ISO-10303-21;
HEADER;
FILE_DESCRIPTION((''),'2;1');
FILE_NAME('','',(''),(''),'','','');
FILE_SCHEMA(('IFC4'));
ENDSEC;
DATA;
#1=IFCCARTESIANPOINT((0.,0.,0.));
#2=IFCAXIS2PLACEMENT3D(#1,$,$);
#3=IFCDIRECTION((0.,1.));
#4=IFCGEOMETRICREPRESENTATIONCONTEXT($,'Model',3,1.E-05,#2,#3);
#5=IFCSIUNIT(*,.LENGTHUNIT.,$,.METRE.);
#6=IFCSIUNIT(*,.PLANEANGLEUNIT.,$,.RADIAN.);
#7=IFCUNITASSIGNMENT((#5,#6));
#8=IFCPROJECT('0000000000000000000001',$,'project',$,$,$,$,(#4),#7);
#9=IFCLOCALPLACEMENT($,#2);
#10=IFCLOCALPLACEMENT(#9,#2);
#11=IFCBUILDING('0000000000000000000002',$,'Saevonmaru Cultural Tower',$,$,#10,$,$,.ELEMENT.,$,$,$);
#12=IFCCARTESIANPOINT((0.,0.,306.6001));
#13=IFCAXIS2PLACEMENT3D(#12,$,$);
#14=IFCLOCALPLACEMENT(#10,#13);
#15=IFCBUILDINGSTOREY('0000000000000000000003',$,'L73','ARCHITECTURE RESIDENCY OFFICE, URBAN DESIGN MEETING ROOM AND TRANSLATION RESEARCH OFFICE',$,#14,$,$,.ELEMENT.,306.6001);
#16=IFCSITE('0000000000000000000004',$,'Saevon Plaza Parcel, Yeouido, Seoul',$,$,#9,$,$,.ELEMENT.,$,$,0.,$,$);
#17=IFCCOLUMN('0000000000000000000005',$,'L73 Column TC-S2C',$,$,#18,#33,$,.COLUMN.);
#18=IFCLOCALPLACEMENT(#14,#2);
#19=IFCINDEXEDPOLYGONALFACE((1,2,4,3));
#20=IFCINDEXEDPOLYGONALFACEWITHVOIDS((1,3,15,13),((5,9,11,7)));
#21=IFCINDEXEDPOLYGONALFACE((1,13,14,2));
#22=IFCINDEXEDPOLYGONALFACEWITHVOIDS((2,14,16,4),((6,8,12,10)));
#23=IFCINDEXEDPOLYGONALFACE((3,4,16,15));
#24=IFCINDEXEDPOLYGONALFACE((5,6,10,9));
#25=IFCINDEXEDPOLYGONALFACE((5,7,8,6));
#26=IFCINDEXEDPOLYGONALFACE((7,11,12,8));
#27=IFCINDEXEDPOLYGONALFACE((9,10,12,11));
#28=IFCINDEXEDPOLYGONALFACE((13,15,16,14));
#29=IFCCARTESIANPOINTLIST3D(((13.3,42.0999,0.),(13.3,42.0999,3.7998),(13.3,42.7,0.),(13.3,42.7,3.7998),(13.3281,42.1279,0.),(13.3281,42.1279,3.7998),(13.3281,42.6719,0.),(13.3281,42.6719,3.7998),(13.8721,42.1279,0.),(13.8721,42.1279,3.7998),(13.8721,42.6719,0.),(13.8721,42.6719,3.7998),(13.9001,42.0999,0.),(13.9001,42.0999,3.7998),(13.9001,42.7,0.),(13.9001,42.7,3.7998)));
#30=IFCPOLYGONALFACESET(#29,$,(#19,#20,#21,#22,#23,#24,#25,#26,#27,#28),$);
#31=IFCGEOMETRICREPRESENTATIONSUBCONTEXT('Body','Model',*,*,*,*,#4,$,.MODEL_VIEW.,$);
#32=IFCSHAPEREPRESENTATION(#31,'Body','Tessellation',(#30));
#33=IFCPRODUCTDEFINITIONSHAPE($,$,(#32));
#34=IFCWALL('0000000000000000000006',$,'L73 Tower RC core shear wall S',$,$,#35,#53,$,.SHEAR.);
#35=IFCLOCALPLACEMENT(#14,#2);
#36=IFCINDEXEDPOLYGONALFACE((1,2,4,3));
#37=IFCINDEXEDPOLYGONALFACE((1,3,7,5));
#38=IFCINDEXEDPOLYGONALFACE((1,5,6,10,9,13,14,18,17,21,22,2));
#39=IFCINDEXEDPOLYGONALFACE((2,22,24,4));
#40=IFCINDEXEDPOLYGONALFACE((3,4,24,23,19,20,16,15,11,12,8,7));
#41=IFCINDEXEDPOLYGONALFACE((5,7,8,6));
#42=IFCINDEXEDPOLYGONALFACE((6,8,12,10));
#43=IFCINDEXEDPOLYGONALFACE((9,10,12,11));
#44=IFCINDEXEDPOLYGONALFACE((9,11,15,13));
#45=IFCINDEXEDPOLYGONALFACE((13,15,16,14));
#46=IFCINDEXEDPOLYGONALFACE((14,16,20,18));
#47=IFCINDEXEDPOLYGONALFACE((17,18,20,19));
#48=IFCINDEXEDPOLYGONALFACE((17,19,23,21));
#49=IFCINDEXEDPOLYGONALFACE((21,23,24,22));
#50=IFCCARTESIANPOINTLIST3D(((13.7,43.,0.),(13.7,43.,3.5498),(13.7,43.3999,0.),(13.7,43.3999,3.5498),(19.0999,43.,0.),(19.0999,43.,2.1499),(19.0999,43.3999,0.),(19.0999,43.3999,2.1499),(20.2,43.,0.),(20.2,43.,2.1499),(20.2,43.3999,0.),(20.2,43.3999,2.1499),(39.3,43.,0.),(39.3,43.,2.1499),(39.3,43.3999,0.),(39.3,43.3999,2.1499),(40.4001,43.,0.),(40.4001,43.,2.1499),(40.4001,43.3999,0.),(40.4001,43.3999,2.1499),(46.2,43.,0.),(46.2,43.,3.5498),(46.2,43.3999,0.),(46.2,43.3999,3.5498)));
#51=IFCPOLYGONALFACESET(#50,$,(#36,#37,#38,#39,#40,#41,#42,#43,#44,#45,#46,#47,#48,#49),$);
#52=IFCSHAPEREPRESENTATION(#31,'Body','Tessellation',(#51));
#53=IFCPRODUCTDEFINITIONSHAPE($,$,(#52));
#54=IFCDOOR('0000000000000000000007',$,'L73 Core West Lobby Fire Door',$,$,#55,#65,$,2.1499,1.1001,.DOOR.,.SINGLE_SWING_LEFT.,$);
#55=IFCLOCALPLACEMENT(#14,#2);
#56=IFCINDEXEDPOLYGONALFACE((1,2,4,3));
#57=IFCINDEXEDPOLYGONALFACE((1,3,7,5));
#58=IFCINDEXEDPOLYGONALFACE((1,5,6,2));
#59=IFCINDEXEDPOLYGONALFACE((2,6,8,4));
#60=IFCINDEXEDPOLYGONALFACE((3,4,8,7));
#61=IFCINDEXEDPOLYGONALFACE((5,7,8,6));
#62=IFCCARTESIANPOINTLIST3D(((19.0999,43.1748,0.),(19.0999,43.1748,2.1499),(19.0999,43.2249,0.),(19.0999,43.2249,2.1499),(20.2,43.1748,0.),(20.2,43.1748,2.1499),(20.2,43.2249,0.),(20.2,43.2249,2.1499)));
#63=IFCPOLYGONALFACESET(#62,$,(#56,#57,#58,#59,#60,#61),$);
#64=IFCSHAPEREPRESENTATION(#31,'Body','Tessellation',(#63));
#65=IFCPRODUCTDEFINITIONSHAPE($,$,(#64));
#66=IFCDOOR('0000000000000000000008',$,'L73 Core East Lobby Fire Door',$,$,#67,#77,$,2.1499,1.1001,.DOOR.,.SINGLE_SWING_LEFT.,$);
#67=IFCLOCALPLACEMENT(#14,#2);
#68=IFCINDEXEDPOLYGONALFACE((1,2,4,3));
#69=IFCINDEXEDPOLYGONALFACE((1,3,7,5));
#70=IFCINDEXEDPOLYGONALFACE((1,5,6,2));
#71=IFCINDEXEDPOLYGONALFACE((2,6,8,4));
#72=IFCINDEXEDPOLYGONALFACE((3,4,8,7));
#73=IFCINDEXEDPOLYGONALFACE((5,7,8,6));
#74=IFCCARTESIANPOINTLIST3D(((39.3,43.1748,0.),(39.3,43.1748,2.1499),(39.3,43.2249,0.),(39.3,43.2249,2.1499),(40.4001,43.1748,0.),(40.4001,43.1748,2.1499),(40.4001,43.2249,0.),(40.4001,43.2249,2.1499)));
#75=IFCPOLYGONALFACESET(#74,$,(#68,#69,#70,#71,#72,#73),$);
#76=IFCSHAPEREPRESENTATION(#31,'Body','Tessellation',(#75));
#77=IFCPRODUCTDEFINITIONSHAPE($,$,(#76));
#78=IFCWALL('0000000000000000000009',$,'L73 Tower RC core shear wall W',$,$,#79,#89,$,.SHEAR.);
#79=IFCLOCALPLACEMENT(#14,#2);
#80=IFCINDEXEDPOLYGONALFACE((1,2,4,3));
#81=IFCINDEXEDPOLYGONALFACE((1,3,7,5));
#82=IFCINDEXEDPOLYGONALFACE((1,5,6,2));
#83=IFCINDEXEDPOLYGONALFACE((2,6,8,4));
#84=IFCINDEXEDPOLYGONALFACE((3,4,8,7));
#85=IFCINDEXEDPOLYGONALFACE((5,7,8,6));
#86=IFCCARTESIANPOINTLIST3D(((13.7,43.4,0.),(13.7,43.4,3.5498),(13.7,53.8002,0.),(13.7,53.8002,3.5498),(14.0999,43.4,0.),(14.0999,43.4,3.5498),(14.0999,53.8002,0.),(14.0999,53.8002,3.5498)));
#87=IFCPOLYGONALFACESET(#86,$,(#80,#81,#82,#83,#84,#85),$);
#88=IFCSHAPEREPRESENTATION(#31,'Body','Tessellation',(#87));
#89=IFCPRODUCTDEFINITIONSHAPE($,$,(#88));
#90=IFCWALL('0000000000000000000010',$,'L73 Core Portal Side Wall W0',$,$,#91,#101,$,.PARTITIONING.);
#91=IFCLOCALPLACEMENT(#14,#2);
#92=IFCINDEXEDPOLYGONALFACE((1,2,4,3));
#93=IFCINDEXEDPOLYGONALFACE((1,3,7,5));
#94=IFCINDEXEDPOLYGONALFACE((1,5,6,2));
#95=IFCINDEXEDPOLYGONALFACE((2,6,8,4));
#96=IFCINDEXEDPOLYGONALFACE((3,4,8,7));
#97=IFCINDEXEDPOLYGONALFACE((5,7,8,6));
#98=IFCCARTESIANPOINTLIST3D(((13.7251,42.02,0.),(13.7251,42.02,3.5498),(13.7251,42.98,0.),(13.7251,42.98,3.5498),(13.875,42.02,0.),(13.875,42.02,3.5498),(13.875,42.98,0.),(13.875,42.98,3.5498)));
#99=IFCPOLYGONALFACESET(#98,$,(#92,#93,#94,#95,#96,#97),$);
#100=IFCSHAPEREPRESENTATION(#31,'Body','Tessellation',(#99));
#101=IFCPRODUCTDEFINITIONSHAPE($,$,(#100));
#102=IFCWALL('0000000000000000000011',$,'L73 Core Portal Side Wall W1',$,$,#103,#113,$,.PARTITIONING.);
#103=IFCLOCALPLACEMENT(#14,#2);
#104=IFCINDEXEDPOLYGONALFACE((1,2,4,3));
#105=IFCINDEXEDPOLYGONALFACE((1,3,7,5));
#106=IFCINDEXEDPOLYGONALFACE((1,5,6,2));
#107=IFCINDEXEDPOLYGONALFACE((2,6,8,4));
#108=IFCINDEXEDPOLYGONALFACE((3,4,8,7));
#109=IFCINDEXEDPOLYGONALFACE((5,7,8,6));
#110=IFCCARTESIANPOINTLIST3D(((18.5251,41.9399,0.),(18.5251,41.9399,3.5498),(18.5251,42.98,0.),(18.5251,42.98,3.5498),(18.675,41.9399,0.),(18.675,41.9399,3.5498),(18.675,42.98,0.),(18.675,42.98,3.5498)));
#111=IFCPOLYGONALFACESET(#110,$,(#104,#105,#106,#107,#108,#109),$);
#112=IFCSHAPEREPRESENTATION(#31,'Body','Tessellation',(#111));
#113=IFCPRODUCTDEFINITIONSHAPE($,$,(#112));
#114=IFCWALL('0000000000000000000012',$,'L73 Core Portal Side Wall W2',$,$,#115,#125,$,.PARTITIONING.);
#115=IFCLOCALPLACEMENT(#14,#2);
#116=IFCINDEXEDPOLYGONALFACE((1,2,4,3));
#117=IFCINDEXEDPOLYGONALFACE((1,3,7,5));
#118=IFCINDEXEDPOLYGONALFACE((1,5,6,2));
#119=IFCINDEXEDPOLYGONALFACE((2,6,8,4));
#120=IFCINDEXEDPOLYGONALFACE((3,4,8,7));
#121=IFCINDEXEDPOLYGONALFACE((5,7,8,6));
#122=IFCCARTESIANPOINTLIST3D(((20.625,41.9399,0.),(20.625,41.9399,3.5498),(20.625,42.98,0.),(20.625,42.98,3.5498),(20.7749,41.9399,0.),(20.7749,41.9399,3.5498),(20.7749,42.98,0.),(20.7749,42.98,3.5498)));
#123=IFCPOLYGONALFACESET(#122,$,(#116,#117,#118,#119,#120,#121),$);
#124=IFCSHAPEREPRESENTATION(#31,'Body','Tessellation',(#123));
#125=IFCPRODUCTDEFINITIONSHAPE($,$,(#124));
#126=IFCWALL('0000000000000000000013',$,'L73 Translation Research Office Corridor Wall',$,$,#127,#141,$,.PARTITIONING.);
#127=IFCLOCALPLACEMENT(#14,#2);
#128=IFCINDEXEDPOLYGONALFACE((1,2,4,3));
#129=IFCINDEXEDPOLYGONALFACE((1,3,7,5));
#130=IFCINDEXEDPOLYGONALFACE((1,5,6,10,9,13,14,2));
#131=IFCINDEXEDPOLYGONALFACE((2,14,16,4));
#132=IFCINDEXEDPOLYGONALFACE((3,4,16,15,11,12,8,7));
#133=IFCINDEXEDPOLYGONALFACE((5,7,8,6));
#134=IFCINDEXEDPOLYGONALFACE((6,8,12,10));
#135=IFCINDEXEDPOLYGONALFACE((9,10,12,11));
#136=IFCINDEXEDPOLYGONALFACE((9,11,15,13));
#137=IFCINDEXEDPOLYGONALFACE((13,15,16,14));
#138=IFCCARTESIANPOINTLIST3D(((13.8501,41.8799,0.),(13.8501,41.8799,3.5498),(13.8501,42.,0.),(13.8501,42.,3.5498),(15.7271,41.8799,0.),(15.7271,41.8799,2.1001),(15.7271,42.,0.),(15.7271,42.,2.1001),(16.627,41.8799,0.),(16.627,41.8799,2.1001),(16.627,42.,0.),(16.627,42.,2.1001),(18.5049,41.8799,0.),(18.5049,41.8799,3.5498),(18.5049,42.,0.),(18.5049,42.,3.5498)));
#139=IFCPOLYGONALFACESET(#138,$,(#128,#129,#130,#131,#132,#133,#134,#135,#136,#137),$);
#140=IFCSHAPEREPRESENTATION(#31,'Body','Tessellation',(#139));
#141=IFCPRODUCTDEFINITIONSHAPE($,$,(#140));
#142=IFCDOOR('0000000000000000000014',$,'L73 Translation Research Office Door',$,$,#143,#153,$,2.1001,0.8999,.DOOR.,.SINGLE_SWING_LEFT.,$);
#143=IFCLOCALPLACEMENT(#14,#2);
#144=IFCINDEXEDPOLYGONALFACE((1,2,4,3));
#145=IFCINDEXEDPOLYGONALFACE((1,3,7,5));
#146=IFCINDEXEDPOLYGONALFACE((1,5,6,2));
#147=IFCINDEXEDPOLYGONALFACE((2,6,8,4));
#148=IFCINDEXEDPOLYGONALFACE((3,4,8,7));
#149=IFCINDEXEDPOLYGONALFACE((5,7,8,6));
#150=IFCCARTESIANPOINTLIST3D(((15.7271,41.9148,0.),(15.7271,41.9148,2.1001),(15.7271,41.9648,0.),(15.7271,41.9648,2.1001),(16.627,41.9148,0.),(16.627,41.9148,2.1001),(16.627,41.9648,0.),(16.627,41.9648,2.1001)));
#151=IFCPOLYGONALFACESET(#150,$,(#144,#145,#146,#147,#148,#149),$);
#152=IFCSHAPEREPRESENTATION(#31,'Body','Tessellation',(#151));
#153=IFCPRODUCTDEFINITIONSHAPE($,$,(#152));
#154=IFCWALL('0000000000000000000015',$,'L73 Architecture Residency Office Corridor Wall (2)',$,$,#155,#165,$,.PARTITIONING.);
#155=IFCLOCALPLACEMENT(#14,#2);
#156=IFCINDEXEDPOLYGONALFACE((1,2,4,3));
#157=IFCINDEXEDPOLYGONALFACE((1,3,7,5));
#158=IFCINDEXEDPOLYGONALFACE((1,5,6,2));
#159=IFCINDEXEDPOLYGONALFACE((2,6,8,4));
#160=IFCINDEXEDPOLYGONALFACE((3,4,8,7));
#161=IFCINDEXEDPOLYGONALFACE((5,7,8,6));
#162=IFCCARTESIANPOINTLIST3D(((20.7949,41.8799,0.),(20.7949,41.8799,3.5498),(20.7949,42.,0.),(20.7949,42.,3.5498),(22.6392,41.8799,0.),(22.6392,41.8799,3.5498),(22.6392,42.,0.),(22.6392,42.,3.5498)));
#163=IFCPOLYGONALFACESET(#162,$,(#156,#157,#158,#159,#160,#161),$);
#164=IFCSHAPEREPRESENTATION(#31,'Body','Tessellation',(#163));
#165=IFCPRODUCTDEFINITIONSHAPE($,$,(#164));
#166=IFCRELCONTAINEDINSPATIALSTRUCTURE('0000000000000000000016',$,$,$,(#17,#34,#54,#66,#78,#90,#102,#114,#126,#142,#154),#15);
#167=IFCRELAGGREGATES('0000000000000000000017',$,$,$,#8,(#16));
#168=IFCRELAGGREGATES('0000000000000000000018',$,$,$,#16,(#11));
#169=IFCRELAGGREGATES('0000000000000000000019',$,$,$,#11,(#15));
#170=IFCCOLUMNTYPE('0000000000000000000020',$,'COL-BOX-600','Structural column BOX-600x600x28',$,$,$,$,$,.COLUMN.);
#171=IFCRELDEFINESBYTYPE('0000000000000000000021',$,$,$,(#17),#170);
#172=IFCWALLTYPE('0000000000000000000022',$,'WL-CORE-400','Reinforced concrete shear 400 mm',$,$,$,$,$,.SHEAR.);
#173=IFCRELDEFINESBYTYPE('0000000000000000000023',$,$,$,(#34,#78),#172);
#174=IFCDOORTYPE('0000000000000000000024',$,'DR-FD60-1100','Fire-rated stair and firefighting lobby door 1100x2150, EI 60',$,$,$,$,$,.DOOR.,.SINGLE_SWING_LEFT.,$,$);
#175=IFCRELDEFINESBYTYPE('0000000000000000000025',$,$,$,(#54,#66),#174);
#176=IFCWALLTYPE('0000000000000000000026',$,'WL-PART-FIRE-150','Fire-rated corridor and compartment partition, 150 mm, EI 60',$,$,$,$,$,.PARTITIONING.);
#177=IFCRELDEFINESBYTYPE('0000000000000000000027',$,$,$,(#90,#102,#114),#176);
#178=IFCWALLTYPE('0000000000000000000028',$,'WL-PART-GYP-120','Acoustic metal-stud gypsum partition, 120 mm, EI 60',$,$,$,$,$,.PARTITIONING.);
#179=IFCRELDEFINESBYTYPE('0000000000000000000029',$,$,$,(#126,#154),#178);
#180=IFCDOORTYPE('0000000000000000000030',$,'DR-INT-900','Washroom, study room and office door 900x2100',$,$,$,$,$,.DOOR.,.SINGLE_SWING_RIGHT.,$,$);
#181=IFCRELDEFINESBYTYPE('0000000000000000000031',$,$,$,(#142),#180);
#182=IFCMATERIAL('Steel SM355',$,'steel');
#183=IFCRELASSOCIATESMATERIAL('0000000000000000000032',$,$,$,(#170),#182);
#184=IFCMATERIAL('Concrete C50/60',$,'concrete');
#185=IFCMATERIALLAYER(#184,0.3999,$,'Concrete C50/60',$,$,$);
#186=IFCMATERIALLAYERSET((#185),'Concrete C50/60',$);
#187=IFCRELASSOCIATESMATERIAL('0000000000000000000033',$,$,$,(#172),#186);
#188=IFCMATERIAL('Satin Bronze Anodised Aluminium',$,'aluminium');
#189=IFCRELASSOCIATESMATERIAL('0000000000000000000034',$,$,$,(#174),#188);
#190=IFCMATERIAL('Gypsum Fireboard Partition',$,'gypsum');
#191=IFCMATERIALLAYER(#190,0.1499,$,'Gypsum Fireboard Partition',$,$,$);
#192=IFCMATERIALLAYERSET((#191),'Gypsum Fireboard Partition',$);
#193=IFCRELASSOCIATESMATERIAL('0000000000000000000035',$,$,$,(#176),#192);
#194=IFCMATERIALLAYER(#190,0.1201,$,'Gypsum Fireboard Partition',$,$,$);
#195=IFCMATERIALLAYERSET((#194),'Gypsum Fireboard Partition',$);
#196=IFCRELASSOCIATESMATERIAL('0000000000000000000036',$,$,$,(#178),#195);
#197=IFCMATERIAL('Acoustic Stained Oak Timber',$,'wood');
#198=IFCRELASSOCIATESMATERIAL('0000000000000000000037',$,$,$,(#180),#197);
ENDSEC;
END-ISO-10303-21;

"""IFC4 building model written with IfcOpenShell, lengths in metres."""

from ifc_helpers import new_model, si_unit, direction, frame, frame_2d, origin, origin_2d, place, context, subcontext, project, spatial, rectangle, hollow_rectangle, extrude, material, layer, layer_set, material_profile, profile_set, type_object, element, fill, save


model = new_model("IFC4")

# Units and contexts
model_context = context("Model", 3, precision=1e-05, world=origin(), true_north=direction((0.0, 1.0)))
body_context = subcontext(model_context, "Body", "Model", "MODEL_VIEW")
ifc_project = project(units=[si_unit("LENGTHUNIT", "METRE"), si_unit("PLANEANGLEUNIT", "RADIAN")], contexts=[model_context])

# Site, building, storey
site_placement = place(None, origin())
site = spatial("IfcSite", under=ifc_project, at=site_placement, Name="Saevon Plaza Parcel, Yeouido, Seoul", CompositionType="ELEMENT", RefElevation=0.0)
building_placement = place(site_placement, origin())
building = spatial("IfcBuilding", under=site, at=building_placement, Name="Saevonmaru Cultural Tower", CompositionType="ELEMENT")
storey_placement = place(building_placement, frame((0.0, 0.0, 306.6001)))
storey = spatial("IfcBuildingStorey", under=building, at=storey_placement, Name="L73", Description="ARCHITECTURE RESIDENCY OFFICE, URBAN DESIGN MEETING ROOM AND TRANSLATION RESEARCH OFFICE", CompositionType="ELEMENT", Elevation=306.6001)

# Column
ifc_material_1 = material(Name="Steel SM355", Category="steel")
ifc_material_profile = material_profile(ifc_material_1, hollow_rectangle(XDim=0.6001, YDim=0.6001, WallThickness=0.0281, at=origin_2d()), Name="BOX-600x600x28")
ifc_profile_set = profile_set([ifc_material_profile], Name="Steel SM355")
column_type = type_object("IfcColumnType", Name="COL-BOX-600", Description="Structural column BOX-600x600x28", PredefinedType="COLUMN", material=ifc_profile_set)
column_placement = place(storey_placement, frame((13.6001, 42.3999, 0.0), z_axis=(0.0, 0.0, 1.0), x_axis=(1.0, 0.0, 0.0)))
element("IfcColumn", 1, at=column_placement, inside=storey, type_object=column_type, Name="L73 Column TC-S2C", PredefinedType="COLUMN", context=body_context, shape_type="SweptSolid", body=[
    extrude(hollow_rectangle(XDim=0.6001, YDim=0.6001, WallThickness=0.0281, at=origin_2d()), origin(), (0.0, 0.0, 1.0), 3.7998),
])

# Wall, openings, doors
ifc_material_2 = material(Name="Concrete C50/60", Category="concrete")
ifc_layer_1 = layer(ifc_material_2, 0.3999, Name="Concrete C50/60")
ifc_layer_set_1 = layer_set([ifc_layer_1], Name="Concrete C50/60")
wall_type_1 = type_object("IfcWallType", Name="WL-CORE-400", Description="Reinforced concrete shear 400 mm", PredefinedType="SHEAR", material=ifc_layer_set_1)
wall_1_placement = place(storey_placement, frame((13.7, 43.2, 0.0), z_axis=(0.0, 0.0, 1.0), x_axis=(1.0, 0.0, 0.0)))
wall_1 = element("IfcWall", 2, at=wall_1_placement, inside=storey, type_object=wall_type_1, Name="L73 Tower RC core shear wall S", PredefinedType="SHEAR", context=body_context, shape_type="SweptSolid", body=[
    extrude(rectangle(XDim=32.5, YDim=0.3999, at=frame_2d((16.25, 0.0))), origin(), (0.0, 0.0, 1.0), 3.5498),
])
opening_1_placement = place(wall_1_placement, frame((5.3999, 0.0, 0.0)))
opening_1 = element("IfcOpeningElement", 3, at=opening_1_placement, cuts=wall_1, PredefinedType="OPENING", context=body_context, shape_type="SweptSolid", body=[
    extrude(rectangle(XDim=1.1001, YDim=2.1499, at=frame_2d((0.55, 1.075))), frame((0.0, 0.21, 0.0), z_axis=(0.0, -1.0, 0.0), x_axis=(1.0, 0.0, 0.0)), (0.0, 0.0, 1.0), 0.4199),
])
opening_2_placement = place(wall_1_placement, frame((25.6001, 0.0, 0.0)))
opening_2 = element("IfcOpeningElement", 4, at=opening_2_placement, cuts=wall_1, PredefinedType="OPENING", context=body_context, shape_type="SweptSolid", body=[
    extrude(rectangle(XDim=1.1001, YDim=2.1499, at=frame_2d((0.55, 1.075))), frame((0.0, 0.21, 0.0), z_axis=(0.0, -1.0, 0.0), x_axis=(1.0, 0.0, 0.0)), (0.0, 0.0, 1.0), 0.4199),
])
ifc_material_3 = material(Name="Satin Bronze Anodised Aluminium", Category="aluminium")
door_type_1 = type_object("IfcDoorType", Name="DR-FD60-1100", Description="Fire-rated stair and firefighting lobby door 1100x2150, EI 60", OperationType="SINGLE_SWING_LEFT", PredefinedType="DOOR", material=ifc_material_3)
door_1_placement = place(opening_1_placement, origin())
door_1 = element("IfcDoor", 5, at=door_1_placement, inside=storey, type_object=door_type_1, Name="L73 Core West Lobby Fire Door", OperationType="SINGLE_SWING_LEFT", OverallHeight=2.1499, OverallWidth=1.1001, PredefinedType="DOOR", context=body_context, shape_type="SweptSolid", body=[
    extrude(rectangle(XDim=1.1001, YDim=2.1499, at=frame_2d((0.55, 1.075))), frame((0.0, 0.0249, 0.0), z_axis=(0.0, -1.0, 0.0), x_axis=(1.0, 0.0, 0.0)), (0.0, 0.0, 1.0), 0.05),
])
fill(opening_1, door_1)
door_2_placement = place(opening_2_placement, origin())
door_2 = element("IfcDoor", 6, at=door_2_placement, inside=storey, type_object=door_type_1, Name="L73 Core East Lobby Fire Door", OperationType="SINGLE_SWING_LEFT", OverallHeight=2.1499, OverallWidth=1.1001, PredefinedType="DOOR", context=body_context, shape_type="SweptSolid", body=[
    extrude(rectangle(XDim=1.1001, YDim=2.1499, at=frame_2d((0.55, 1.075))), frame((0.0, 0.0249, 0.0), z_axis=(0.0, -1.0, 0.0), x_axis=(1.0, 0.0, 0.0)), (0.0, 0.0, 1.0), 0.05),
])
fill(opening_2, door_2)

# Walls
wall_2_placement = place(storey_placement, frame((13.8999, 43.3999, 0.0), z_axis=(0.0, 0.0, 1.0), x_axis=(0.0, 1.0, 0.0)))
element("IfcWall", 7, at=wall_2_placement, inside=storey, type_object=wall_type_1, Name="L73 Tower RC core shear wall W", PredefinedType="SHEAR", context=body_context, shape_type="SweptSolid", body=[
    extrude(rectangle(XDim=10.4001, YDim=0.3999, at=frame_2d((5.2002, 0.0))), origin(), (0.0, 0.0, 1.0), 3.5498),
])
ifc_material_4 = material(Name="Gypsum Fireboard Partition", Category="gypsum")
ifc_layer_2 = layer(ifc_material_4, 0.1499, Name="Gypsum Fireboard Partition")
ifc_layer_set_2 = layer_set([ifc_layer_2], Name="Gypsum Fireboard Partition")
wall_type_2 = type_object("IfcWallType", Name="WL-PART-FIRE-150", Description="Fire-rated corridor and compartment partition, 150 mm, EI 60", PredefinedType="PARTITIONING", material=ifc_layer_set_2)
wall_3_placement = place(storey_placement, frame((13.8, 42.02, 0.0), z_axis=(0.0, 0.0, 1.0), x_axis=(0.0, 1.0, 0.0)))
element("IfcWall", 8, at=wall_3_placement, inside=storey, type_object=wall_type_2, Name="L73 Core Portal Side Wall W0", PredefinedType="PARTITIONING", context=body_context, shape_type="SweptSolid", body=[
    extrude(rectangle(XDim=0.96, YDim=0.1499, at=frame_2d((0.48, 0.0))), origin(), (0.0, 0.0, 1.0), 3.5498),
])
for number, where, z_axis, x_axis, name in (
    (9, (18.6001, 41.9399, 0.0), (0.0, 0.0, 1.0), (0.0, 1.0, 0.0), "L73 Core Portal Side Wall W1"),
    (10, (20.7, 41.9399, 0.0), (0.0, 0.0, 1.0), (0.0, 1.0, 0.0), "L73 Core Portal Side Wall W2"),
):
    element("IfcWall", number, at=place(storey_placement, frame(where, z_axis=z_axis, x_axis=x_axis)), inside=storey, type_object=wall_type_2, Name=name, PredefinedType="PARTITIONING", context=body_context, shape_type="SweptSolid", body=[
        extrude(rectangle(XDim=1.04, YDim=0.1499, at=frame_2d((0.52, 0.0))), origin(), (0.0, 0.0, 1.0), 3.5498),
    ])

# Wall, opening, door
ifc_layer_3 = layer(ifc_material_4, 0.1201, Name="Gypsum Fireboard Partition")
ifc_layer_set_3 = layer_set([ifc_layer_3], Name="Gypsum Fireboard Partition")
wall_type_3 = type_object("IfcWallType", Name="WL-PART-GYP-120", Description="Acoustic metal-stud gypsum partition, 120 mm, EI 60", PredefinedType="PARTITIONING", material=ifc_layer_set_3)
wall_4_placement = place(storey_placement, frame((13.8501, 41.9399, 0.0), z_axis=(0.0, 0.0, 1.0), x_axis=(1.0, 0.0, 0.0)))
wall_4 = element("IfcWall", 11, at=wall_4_placement, inside=storey, type_object=wall_type_3, Name="L73 Translation Research Office Corridor Wall", PredefinedType="PARTITIONING", context=body_context, shape_type="SweptSolid", body=[
    extrude(rectangle(XDim=4.6548, YDim=0.1201, at=frame_2d((2.3274, 0.0))), origin(), (0.0, 0.0, 1.0), 3.5498),
])
opening_3_placement = place(wall_4_placement, frame((1.877, 0.0, 0.0)))
opening_3 = element("IfcOpeningElement", 12, at=opening_3_placement, cuts=wall_4, PredefinedType="OPENING", context=body_context, shape_type="SweptSolid", body=[
    extrude(rectangle(XDim=0.8999, YDim=2.1001, at=frame_2d((0.45, 1.05))), frame((0.0, 0.0701, 0.0), z_axis=(0.0, -1.0, 0.0), x_axis=(1.0, 0.0, 0.0)), (0.0, 0.0, 1.0), 0.1401),
])
ifc_material_5 = material(Name="Acoustic Stained Oak Timber", Category="wood")
door_type_2 = type_object("IfcDoorType", Name="DR-INT-900", Description="Washroom, study room and office door 900x2100", OperationType="SINGLE_SWING_RIGHT", PredefinedType="DOOR", material=ifc_material_5)
door_3_placement = place(opening_3_placement, origin())
door_3 = element("IfcDoor", 13, at=door_3_placement, inside=storey, type_object=door_type_2, Name="L73 Translation Research Office Door", OperationType="SINGLE_SWING_LEFT", OverallHeight=2.1001, OverallWidth=0.8999, PredefinedType="DOOR", context=body_context, shape_type="SweptSolid", body=[
    extrude(rectangle(XDim=0.8999, YDim=2.1001, at=frame_2d((0.45, 1.05))), frame((0.0, 0.0249, 0.0), z_axis=(0.0, -1.0, 0.0), x_axis=(1.0, 0.0, 0.0)), (0.0, 0.0, 1.0), 0.05),
])
fill(opening_3, door_3)

# Wall
wall_5_placement = place(storey_placement, frame((20.7949, 41.9399, 0.0), z_axis=(0.0, 0.0, 1.0), x_axis=(1.0, 0.0, 0.0)))
element("IfcWall", 14, at=wall_5_placement, inside=storey, type_object=wall_type_3, Name="L73 Architecture Residency Office Corridor Wall (2)", PredefinedType="PARTITIONING", context=body_context, shape_type="SweptSolid", body=[
    extrude(rectangle(XDim=1.8442, YDim=0.1201, at=frame_2d((0.9221, 0.0))), origin(), (0.0, 0.0, 1.0), 3.5498),
])

save(model, "model.ifc")
